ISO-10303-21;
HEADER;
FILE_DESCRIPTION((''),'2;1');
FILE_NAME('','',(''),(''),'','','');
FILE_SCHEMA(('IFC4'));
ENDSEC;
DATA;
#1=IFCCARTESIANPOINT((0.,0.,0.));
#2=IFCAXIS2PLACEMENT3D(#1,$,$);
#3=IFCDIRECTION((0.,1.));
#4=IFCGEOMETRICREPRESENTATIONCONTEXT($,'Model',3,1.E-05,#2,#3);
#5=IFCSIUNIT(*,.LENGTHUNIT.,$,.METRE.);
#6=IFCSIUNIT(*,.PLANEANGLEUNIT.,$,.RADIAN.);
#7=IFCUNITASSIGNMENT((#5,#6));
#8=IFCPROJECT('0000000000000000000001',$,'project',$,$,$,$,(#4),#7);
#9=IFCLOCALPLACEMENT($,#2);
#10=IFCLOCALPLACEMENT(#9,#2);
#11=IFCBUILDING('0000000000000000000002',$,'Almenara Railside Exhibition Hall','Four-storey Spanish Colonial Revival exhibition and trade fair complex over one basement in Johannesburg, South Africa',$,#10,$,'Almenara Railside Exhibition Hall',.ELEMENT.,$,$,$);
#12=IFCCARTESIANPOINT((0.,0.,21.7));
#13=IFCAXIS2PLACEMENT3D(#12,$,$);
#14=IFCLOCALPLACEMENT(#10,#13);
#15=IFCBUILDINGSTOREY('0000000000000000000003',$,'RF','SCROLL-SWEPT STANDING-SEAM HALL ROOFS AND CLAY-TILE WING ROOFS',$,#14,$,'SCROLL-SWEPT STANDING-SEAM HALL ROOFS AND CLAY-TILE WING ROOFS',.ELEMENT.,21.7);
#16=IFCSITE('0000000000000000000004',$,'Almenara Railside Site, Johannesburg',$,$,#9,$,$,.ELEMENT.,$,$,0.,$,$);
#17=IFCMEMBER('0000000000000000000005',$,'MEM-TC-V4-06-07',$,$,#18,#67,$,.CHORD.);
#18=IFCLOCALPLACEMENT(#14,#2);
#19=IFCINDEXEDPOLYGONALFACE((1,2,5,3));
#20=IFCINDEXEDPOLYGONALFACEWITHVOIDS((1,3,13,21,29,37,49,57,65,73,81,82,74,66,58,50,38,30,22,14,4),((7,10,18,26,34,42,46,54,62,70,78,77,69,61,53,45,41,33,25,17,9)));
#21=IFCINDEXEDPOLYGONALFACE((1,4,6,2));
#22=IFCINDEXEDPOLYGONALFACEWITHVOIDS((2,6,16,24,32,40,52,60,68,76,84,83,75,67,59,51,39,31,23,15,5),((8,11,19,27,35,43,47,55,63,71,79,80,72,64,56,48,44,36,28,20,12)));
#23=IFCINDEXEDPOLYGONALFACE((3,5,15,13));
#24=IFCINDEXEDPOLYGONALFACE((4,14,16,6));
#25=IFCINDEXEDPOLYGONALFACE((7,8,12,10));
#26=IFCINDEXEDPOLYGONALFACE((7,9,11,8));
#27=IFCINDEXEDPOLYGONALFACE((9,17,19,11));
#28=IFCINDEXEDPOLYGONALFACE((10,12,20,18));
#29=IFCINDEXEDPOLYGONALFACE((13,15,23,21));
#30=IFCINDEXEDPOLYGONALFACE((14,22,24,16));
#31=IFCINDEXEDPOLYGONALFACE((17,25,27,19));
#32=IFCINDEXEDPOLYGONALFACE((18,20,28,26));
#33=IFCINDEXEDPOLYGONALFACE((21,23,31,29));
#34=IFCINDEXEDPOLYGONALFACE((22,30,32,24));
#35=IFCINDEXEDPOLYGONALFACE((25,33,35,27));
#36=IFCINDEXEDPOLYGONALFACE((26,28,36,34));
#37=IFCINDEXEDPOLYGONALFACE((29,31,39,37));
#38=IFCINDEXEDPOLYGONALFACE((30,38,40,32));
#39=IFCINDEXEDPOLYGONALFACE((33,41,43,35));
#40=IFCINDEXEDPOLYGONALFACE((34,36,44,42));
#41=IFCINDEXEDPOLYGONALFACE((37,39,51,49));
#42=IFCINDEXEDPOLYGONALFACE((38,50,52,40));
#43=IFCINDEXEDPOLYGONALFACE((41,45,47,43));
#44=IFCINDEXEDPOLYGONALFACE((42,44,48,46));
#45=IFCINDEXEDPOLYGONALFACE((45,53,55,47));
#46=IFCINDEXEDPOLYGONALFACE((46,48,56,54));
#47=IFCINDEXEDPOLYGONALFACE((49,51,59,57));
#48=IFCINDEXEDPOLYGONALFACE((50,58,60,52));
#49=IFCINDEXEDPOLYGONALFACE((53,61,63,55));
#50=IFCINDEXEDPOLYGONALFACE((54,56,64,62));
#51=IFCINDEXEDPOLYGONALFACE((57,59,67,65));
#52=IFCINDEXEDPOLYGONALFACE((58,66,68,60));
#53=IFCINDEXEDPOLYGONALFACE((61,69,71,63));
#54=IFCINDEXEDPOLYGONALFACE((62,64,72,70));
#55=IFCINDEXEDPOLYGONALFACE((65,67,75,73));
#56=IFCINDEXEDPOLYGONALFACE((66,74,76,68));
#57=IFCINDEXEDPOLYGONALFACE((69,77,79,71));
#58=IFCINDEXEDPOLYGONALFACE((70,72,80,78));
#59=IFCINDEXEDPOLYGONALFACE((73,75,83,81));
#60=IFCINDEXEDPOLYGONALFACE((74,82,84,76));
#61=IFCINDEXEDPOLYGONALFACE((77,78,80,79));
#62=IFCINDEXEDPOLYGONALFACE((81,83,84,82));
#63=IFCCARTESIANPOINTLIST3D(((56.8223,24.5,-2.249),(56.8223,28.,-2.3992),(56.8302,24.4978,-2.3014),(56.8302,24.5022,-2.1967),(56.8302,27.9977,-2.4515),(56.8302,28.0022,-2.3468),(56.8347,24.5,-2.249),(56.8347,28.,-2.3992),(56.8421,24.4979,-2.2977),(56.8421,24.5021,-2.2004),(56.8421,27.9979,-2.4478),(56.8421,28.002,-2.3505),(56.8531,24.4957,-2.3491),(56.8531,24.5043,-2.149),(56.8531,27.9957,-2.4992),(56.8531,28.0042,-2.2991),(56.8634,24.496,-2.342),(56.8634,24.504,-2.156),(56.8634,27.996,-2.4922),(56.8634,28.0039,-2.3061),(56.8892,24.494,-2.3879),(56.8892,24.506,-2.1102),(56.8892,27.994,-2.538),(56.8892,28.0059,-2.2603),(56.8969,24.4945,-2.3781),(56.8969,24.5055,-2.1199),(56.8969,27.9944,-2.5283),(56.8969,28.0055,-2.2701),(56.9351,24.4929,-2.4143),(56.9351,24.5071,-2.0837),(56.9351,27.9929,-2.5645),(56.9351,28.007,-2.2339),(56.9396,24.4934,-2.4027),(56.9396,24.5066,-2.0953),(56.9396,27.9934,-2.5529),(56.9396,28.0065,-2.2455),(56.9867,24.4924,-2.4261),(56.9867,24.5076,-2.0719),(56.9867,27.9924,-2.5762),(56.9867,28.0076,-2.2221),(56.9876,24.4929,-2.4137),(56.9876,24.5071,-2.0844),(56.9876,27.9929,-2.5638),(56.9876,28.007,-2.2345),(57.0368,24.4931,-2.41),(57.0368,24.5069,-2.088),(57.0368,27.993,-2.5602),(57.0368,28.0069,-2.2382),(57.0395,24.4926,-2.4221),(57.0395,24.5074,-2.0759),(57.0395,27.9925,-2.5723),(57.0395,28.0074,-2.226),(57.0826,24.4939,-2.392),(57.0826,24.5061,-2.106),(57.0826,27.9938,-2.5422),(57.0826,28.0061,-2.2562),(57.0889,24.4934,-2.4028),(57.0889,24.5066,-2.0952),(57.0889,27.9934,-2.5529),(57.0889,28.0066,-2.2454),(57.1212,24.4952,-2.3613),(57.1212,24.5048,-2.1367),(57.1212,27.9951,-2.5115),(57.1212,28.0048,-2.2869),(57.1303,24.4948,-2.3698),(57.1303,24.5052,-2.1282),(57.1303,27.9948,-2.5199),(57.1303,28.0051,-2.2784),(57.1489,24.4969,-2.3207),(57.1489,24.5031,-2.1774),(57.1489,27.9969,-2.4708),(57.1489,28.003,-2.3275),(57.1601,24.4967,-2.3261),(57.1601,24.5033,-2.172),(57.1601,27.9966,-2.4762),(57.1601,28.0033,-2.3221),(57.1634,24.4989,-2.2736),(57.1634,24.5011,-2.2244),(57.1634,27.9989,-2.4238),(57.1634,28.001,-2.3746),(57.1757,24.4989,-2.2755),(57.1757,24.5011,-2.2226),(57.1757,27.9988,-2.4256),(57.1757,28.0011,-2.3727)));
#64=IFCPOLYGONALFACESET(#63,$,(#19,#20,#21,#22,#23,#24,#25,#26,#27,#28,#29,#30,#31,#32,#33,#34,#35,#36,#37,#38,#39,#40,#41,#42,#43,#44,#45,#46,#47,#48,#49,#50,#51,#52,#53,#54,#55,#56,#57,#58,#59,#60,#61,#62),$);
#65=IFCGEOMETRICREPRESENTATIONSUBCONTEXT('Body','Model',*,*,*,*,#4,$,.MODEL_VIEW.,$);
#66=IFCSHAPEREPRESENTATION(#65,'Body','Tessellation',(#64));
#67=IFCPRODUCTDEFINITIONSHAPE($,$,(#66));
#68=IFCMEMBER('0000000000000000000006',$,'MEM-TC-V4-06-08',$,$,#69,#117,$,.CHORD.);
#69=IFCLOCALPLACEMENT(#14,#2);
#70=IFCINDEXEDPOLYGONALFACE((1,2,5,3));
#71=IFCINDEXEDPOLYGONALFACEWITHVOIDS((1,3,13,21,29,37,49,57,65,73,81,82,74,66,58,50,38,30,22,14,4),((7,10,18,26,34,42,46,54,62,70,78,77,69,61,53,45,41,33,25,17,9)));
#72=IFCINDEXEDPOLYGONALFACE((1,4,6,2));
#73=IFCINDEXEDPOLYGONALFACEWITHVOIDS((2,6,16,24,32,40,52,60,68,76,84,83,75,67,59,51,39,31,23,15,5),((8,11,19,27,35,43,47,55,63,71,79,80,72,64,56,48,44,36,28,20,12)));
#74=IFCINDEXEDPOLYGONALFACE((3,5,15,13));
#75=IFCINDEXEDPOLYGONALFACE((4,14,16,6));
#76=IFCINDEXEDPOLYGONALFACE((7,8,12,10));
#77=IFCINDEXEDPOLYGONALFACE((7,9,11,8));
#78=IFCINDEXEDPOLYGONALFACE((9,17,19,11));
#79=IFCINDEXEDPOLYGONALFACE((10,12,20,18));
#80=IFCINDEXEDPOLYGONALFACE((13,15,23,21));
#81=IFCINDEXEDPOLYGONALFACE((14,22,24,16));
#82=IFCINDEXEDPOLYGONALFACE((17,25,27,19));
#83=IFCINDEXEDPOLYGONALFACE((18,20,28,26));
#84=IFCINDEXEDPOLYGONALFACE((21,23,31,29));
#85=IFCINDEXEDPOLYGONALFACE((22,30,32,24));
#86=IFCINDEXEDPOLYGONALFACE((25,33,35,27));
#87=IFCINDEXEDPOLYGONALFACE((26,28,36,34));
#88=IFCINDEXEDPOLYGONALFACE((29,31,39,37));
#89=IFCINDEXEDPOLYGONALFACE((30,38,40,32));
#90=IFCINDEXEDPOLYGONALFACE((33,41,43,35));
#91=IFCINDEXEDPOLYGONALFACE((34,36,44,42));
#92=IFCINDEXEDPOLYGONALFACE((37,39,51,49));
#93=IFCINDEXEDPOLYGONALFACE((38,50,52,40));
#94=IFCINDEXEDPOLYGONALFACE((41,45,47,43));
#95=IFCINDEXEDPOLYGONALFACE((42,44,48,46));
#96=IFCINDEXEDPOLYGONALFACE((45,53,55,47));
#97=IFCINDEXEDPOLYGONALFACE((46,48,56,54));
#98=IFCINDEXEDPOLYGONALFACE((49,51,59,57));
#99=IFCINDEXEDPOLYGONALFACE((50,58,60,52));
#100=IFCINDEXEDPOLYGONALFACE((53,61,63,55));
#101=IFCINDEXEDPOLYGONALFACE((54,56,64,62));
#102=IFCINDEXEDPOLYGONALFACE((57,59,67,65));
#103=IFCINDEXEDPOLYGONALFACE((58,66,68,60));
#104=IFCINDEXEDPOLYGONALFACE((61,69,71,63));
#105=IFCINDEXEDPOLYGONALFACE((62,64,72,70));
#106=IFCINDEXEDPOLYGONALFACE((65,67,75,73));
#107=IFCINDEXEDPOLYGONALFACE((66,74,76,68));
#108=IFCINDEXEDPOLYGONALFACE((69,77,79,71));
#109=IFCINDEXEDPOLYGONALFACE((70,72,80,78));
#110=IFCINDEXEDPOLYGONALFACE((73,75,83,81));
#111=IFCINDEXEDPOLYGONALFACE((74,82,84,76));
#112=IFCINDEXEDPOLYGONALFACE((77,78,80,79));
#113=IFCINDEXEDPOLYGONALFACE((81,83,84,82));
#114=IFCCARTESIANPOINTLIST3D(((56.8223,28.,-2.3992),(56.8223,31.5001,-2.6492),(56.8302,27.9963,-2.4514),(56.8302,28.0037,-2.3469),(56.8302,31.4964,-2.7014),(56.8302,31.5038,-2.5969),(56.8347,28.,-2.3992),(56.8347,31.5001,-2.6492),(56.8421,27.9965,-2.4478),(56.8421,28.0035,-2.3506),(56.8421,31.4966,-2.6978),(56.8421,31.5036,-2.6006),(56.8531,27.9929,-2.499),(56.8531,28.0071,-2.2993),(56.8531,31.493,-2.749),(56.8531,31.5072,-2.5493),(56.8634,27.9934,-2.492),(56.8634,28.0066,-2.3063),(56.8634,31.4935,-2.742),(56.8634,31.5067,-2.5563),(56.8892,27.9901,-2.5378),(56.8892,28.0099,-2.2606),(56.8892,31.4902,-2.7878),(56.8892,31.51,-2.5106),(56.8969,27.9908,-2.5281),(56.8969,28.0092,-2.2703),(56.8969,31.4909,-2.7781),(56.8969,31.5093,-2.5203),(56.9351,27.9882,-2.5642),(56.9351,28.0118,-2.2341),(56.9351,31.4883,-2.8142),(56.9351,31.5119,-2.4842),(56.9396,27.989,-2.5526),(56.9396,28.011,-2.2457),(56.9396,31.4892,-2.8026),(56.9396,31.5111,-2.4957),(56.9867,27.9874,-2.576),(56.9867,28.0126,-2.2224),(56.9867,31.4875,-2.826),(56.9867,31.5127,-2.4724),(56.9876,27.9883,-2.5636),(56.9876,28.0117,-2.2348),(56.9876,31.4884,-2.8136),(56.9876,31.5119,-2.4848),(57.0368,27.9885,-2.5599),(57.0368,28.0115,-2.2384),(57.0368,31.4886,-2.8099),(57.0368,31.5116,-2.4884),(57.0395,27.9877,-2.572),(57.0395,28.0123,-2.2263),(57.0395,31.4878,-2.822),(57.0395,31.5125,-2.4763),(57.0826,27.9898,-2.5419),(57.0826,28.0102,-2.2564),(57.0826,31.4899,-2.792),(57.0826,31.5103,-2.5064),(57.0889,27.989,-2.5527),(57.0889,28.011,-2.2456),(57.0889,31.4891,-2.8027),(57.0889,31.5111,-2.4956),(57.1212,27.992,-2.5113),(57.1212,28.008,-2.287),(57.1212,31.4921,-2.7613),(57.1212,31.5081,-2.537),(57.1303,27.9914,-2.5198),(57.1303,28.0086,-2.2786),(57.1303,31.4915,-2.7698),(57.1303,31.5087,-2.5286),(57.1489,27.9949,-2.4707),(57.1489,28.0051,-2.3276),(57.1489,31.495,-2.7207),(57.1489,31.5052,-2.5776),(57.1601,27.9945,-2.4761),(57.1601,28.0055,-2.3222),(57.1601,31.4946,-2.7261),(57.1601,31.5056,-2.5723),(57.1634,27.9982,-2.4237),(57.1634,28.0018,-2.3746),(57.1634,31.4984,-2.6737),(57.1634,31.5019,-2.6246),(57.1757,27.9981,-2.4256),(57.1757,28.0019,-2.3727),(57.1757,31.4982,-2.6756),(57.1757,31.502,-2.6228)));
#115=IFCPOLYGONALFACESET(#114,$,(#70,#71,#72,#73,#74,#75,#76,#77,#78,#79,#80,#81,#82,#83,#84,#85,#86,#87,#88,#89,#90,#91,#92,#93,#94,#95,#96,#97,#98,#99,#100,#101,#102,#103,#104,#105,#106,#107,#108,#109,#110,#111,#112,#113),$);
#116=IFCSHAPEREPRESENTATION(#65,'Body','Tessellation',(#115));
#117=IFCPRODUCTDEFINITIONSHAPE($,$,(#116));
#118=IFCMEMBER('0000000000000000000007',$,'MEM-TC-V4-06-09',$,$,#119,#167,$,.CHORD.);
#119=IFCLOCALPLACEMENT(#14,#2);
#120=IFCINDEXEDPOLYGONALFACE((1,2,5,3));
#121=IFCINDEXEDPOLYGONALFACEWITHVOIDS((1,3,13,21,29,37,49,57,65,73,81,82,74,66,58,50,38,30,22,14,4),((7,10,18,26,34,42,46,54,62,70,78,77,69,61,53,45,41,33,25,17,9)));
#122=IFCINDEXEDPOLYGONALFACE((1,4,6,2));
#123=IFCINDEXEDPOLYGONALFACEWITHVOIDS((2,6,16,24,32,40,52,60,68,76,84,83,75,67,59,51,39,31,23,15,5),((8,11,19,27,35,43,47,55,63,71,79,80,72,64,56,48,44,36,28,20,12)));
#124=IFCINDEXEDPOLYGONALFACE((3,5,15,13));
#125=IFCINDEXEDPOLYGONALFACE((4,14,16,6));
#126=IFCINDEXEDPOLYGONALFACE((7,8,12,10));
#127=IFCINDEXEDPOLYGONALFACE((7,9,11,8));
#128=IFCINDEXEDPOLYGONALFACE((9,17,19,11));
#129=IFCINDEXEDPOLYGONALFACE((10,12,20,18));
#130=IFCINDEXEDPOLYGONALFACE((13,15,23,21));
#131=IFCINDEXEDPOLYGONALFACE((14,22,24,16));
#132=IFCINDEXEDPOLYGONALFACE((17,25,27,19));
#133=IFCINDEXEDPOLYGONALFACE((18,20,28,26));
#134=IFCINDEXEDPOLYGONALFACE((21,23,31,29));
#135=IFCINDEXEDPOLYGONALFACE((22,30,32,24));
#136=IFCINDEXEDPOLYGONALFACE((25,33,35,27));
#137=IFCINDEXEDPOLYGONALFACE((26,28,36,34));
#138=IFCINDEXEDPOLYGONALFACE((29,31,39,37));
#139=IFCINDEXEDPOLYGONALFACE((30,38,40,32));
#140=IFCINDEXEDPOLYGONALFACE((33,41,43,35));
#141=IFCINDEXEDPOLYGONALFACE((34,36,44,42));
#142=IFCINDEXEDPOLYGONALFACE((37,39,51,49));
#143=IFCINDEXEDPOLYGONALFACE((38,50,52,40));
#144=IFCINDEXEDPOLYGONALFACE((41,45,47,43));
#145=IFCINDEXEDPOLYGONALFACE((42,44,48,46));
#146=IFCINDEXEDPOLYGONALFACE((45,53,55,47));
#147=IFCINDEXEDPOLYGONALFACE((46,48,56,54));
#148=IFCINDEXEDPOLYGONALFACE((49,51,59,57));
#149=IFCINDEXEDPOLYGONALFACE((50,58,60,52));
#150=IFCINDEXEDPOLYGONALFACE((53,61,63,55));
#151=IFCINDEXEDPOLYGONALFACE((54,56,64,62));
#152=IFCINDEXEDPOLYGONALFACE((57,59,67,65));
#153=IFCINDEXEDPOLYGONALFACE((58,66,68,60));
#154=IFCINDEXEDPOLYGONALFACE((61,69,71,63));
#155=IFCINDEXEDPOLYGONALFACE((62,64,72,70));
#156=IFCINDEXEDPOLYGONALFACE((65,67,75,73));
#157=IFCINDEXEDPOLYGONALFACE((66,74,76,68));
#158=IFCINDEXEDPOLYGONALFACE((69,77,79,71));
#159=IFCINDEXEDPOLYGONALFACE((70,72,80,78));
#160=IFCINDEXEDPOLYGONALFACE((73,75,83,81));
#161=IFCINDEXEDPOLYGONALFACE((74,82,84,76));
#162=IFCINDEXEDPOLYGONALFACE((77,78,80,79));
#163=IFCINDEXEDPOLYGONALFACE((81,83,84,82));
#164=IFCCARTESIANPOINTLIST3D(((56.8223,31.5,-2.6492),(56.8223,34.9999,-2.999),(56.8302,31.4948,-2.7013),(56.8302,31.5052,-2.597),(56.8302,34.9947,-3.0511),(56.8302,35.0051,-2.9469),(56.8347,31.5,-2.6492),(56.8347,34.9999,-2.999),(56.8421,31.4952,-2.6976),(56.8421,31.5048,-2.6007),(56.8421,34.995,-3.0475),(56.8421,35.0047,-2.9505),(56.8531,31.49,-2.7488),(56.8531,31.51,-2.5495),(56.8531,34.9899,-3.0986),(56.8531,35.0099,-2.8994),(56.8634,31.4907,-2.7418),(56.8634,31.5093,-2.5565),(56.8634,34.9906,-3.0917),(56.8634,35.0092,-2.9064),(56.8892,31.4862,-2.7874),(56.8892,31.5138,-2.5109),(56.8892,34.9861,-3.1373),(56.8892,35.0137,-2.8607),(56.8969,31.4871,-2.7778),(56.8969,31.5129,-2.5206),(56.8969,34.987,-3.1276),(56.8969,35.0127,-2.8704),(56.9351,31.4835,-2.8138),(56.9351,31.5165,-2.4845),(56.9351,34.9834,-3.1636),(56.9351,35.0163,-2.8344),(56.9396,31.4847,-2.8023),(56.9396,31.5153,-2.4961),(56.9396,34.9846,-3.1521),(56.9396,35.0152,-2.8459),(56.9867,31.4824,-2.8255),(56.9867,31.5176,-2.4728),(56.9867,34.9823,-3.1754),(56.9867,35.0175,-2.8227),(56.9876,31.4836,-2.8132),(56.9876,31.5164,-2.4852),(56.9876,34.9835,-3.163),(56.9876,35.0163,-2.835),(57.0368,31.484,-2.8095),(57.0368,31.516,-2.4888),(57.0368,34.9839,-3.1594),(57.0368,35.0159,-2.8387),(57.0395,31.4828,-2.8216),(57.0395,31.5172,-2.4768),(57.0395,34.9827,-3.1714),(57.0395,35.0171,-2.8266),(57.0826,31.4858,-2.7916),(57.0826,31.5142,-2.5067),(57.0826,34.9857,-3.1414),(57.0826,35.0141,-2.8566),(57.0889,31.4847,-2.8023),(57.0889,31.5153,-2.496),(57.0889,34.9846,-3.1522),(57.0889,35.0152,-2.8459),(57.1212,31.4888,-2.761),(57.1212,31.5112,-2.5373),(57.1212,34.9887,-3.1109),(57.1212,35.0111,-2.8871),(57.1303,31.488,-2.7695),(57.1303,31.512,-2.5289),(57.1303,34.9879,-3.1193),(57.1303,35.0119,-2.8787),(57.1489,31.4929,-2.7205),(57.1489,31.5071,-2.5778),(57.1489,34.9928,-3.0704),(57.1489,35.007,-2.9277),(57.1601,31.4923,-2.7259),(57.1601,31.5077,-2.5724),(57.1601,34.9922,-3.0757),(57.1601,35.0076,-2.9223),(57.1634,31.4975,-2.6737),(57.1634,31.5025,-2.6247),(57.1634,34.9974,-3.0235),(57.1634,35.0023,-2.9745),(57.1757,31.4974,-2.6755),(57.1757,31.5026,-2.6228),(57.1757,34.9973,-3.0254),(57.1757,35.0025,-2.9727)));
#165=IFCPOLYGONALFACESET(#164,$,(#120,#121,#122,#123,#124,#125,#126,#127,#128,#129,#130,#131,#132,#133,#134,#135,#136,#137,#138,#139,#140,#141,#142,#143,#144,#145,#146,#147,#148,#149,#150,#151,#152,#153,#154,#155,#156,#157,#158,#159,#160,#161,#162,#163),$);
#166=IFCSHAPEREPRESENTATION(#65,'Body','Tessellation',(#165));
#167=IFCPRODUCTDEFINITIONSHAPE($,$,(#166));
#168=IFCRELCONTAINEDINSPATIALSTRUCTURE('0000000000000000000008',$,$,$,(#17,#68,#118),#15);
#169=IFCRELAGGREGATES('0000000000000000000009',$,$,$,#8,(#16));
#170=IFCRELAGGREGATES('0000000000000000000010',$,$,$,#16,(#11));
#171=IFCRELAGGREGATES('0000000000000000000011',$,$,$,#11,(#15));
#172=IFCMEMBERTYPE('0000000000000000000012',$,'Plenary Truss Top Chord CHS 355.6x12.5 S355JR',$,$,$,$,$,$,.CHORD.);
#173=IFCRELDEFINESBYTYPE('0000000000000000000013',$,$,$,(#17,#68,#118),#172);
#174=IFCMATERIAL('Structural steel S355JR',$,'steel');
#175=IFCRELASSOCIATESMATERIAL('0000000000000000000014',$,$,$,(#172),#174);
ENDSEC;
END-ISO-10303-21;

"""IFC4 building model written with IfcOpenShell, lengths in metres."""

from ifc_helpers import new_model, si_unit, direction, frame, origin, origin_2d, place, context, subcontext, project, spatial, hollow_circle, extrude, material, material_profile, profile_set, type_object, element, save


model = new_model("IFC4")

# Units and contexts
model_context = context("Model", 3, precision=1e-05, world=origin(), true_north=direction((0.0, 1.0)))
body_context = subcontext(model_context, "Body", "Model", "MODEL_VIEW")
ifc_project = project(units=[si_unit("LENGTHUNIT", "METRE"), si_unit("PLANEANGLEUNIT", "RADIAN")], contexts=[model_context])

# Site, building, storey
site_placement = place(None, origin())
site = spatial("IfcSite", under=ifc_project, at=site_placement, Name="Almenara Railside Site, Johannesburg", CompositionType="ELEMENT", RefElevation=0.0)
building_placement = place(site_placement, origin())
building = spatial("IfcBuilding", under=site, at=building_placement, Name="Almenara Railside Exhibition Hall", Description="Four-storey Spanish Colonial Revival exhibition and trade fair complex over one basement in Johannesburg, South Africa", LongName="Almenara Railside Exhibition Hall", CompositionType="ELEMENT")
storey_placement = place(building_placement, frame((0.0, 0.0, 21.7)))
storey = spatial("IfcBuildingStorey", under=building, at=storey_placement, Name="RF", Description="SCROLL-SWEPT STANDING-SEAM HALL ROOFS AND CLAY-TILE WING ROOFS", LongName="SCROLL-SWEPT STANDING-SEAM HALL ROOFS AND CLAY-TILE WING ROOFS", CompositionType="ELEMENT", Elevation=21.7)

# Members
ifc_material_1 = material(Name="Structural steel S355JR", Category="steel")
ifc_material_profile_1 = material_profile(ifc_material_1, hollow_circle(Radius=0.1777, WallThickness=0.0125, at=origin_2d()), Name="CHS 355.6x12.5")
ifc_profile_set_1 = profile_set([ifc_material_profile_1], Name="Structural steel S355JR")
member_type_1 = type_object("IfcMemberType", Name="Plenary Truss Top Chord CHS 355.6x12.5 S355JR", PredefinedType="CHORD", material=ifc_profile_set_1)
member_1_placement = place(storey_placement, frame((57.0, 24.5, -2.249), z_axis=(0.0, 0.999081, -0.04286), x_axis=(-1.0, 0.0, 0.0)))
element("IfcMember", 1, at=member_1_placement, inside=storey, type_object=member_type_1, Name="MEM-TC-V4-06-07", PredefinedType="CHORD", context=body_context, shape_type="SweptSolid", body=[
    extrude(hollow_circle(Radius=0.1777, WallThickness=0.0125, at=origin_2d()), origin(), (0.0, 0.0, 1.0), 3.5032),
])
member_2_placement = place(storey_placement, frame((57.0, 28.0, -2.3992), z_axis=(0.0, 0.997459, -0.071247), x_axis=(-1.0, 0.0, 0.0)))
element("IfcMember", 2, at=member_2_placement, inside=storey, type_object=member_type_1, Name="MEM-TC-V4-06-08", PredefinedType="CHORD", context=body_context, shape_type="SweptSolid", body=[
    extrude(hollow_circle(Radius=0.1777, WallThickness=0.0125, at=origin_2d()), origin(), (0.0, 0.0, 1.0), 3.509),
])
member_3_placement = place(storey_placement, frame((57.0, 31.5, -2.6492), z_axis=(0.0, 0.995041, -0.099462), x_axis=(-1.0, 0.0, 0.0)))
element("IfcMember", 3, at=member_3_placement, inside=storey, type_object=member_type_1, Name="MEM-TC-V4-06-09", PredefinedType="CHORD", context=body_context, shape_type="SweptSolid", body=[
    extrude(hollow_circle(Radius=0.1777, WallThickness=0.0125, at=origin_2d()), origin(), (0.0, 0.0, 1.0), 3.5173),
])

save(model, "model.ifc")
